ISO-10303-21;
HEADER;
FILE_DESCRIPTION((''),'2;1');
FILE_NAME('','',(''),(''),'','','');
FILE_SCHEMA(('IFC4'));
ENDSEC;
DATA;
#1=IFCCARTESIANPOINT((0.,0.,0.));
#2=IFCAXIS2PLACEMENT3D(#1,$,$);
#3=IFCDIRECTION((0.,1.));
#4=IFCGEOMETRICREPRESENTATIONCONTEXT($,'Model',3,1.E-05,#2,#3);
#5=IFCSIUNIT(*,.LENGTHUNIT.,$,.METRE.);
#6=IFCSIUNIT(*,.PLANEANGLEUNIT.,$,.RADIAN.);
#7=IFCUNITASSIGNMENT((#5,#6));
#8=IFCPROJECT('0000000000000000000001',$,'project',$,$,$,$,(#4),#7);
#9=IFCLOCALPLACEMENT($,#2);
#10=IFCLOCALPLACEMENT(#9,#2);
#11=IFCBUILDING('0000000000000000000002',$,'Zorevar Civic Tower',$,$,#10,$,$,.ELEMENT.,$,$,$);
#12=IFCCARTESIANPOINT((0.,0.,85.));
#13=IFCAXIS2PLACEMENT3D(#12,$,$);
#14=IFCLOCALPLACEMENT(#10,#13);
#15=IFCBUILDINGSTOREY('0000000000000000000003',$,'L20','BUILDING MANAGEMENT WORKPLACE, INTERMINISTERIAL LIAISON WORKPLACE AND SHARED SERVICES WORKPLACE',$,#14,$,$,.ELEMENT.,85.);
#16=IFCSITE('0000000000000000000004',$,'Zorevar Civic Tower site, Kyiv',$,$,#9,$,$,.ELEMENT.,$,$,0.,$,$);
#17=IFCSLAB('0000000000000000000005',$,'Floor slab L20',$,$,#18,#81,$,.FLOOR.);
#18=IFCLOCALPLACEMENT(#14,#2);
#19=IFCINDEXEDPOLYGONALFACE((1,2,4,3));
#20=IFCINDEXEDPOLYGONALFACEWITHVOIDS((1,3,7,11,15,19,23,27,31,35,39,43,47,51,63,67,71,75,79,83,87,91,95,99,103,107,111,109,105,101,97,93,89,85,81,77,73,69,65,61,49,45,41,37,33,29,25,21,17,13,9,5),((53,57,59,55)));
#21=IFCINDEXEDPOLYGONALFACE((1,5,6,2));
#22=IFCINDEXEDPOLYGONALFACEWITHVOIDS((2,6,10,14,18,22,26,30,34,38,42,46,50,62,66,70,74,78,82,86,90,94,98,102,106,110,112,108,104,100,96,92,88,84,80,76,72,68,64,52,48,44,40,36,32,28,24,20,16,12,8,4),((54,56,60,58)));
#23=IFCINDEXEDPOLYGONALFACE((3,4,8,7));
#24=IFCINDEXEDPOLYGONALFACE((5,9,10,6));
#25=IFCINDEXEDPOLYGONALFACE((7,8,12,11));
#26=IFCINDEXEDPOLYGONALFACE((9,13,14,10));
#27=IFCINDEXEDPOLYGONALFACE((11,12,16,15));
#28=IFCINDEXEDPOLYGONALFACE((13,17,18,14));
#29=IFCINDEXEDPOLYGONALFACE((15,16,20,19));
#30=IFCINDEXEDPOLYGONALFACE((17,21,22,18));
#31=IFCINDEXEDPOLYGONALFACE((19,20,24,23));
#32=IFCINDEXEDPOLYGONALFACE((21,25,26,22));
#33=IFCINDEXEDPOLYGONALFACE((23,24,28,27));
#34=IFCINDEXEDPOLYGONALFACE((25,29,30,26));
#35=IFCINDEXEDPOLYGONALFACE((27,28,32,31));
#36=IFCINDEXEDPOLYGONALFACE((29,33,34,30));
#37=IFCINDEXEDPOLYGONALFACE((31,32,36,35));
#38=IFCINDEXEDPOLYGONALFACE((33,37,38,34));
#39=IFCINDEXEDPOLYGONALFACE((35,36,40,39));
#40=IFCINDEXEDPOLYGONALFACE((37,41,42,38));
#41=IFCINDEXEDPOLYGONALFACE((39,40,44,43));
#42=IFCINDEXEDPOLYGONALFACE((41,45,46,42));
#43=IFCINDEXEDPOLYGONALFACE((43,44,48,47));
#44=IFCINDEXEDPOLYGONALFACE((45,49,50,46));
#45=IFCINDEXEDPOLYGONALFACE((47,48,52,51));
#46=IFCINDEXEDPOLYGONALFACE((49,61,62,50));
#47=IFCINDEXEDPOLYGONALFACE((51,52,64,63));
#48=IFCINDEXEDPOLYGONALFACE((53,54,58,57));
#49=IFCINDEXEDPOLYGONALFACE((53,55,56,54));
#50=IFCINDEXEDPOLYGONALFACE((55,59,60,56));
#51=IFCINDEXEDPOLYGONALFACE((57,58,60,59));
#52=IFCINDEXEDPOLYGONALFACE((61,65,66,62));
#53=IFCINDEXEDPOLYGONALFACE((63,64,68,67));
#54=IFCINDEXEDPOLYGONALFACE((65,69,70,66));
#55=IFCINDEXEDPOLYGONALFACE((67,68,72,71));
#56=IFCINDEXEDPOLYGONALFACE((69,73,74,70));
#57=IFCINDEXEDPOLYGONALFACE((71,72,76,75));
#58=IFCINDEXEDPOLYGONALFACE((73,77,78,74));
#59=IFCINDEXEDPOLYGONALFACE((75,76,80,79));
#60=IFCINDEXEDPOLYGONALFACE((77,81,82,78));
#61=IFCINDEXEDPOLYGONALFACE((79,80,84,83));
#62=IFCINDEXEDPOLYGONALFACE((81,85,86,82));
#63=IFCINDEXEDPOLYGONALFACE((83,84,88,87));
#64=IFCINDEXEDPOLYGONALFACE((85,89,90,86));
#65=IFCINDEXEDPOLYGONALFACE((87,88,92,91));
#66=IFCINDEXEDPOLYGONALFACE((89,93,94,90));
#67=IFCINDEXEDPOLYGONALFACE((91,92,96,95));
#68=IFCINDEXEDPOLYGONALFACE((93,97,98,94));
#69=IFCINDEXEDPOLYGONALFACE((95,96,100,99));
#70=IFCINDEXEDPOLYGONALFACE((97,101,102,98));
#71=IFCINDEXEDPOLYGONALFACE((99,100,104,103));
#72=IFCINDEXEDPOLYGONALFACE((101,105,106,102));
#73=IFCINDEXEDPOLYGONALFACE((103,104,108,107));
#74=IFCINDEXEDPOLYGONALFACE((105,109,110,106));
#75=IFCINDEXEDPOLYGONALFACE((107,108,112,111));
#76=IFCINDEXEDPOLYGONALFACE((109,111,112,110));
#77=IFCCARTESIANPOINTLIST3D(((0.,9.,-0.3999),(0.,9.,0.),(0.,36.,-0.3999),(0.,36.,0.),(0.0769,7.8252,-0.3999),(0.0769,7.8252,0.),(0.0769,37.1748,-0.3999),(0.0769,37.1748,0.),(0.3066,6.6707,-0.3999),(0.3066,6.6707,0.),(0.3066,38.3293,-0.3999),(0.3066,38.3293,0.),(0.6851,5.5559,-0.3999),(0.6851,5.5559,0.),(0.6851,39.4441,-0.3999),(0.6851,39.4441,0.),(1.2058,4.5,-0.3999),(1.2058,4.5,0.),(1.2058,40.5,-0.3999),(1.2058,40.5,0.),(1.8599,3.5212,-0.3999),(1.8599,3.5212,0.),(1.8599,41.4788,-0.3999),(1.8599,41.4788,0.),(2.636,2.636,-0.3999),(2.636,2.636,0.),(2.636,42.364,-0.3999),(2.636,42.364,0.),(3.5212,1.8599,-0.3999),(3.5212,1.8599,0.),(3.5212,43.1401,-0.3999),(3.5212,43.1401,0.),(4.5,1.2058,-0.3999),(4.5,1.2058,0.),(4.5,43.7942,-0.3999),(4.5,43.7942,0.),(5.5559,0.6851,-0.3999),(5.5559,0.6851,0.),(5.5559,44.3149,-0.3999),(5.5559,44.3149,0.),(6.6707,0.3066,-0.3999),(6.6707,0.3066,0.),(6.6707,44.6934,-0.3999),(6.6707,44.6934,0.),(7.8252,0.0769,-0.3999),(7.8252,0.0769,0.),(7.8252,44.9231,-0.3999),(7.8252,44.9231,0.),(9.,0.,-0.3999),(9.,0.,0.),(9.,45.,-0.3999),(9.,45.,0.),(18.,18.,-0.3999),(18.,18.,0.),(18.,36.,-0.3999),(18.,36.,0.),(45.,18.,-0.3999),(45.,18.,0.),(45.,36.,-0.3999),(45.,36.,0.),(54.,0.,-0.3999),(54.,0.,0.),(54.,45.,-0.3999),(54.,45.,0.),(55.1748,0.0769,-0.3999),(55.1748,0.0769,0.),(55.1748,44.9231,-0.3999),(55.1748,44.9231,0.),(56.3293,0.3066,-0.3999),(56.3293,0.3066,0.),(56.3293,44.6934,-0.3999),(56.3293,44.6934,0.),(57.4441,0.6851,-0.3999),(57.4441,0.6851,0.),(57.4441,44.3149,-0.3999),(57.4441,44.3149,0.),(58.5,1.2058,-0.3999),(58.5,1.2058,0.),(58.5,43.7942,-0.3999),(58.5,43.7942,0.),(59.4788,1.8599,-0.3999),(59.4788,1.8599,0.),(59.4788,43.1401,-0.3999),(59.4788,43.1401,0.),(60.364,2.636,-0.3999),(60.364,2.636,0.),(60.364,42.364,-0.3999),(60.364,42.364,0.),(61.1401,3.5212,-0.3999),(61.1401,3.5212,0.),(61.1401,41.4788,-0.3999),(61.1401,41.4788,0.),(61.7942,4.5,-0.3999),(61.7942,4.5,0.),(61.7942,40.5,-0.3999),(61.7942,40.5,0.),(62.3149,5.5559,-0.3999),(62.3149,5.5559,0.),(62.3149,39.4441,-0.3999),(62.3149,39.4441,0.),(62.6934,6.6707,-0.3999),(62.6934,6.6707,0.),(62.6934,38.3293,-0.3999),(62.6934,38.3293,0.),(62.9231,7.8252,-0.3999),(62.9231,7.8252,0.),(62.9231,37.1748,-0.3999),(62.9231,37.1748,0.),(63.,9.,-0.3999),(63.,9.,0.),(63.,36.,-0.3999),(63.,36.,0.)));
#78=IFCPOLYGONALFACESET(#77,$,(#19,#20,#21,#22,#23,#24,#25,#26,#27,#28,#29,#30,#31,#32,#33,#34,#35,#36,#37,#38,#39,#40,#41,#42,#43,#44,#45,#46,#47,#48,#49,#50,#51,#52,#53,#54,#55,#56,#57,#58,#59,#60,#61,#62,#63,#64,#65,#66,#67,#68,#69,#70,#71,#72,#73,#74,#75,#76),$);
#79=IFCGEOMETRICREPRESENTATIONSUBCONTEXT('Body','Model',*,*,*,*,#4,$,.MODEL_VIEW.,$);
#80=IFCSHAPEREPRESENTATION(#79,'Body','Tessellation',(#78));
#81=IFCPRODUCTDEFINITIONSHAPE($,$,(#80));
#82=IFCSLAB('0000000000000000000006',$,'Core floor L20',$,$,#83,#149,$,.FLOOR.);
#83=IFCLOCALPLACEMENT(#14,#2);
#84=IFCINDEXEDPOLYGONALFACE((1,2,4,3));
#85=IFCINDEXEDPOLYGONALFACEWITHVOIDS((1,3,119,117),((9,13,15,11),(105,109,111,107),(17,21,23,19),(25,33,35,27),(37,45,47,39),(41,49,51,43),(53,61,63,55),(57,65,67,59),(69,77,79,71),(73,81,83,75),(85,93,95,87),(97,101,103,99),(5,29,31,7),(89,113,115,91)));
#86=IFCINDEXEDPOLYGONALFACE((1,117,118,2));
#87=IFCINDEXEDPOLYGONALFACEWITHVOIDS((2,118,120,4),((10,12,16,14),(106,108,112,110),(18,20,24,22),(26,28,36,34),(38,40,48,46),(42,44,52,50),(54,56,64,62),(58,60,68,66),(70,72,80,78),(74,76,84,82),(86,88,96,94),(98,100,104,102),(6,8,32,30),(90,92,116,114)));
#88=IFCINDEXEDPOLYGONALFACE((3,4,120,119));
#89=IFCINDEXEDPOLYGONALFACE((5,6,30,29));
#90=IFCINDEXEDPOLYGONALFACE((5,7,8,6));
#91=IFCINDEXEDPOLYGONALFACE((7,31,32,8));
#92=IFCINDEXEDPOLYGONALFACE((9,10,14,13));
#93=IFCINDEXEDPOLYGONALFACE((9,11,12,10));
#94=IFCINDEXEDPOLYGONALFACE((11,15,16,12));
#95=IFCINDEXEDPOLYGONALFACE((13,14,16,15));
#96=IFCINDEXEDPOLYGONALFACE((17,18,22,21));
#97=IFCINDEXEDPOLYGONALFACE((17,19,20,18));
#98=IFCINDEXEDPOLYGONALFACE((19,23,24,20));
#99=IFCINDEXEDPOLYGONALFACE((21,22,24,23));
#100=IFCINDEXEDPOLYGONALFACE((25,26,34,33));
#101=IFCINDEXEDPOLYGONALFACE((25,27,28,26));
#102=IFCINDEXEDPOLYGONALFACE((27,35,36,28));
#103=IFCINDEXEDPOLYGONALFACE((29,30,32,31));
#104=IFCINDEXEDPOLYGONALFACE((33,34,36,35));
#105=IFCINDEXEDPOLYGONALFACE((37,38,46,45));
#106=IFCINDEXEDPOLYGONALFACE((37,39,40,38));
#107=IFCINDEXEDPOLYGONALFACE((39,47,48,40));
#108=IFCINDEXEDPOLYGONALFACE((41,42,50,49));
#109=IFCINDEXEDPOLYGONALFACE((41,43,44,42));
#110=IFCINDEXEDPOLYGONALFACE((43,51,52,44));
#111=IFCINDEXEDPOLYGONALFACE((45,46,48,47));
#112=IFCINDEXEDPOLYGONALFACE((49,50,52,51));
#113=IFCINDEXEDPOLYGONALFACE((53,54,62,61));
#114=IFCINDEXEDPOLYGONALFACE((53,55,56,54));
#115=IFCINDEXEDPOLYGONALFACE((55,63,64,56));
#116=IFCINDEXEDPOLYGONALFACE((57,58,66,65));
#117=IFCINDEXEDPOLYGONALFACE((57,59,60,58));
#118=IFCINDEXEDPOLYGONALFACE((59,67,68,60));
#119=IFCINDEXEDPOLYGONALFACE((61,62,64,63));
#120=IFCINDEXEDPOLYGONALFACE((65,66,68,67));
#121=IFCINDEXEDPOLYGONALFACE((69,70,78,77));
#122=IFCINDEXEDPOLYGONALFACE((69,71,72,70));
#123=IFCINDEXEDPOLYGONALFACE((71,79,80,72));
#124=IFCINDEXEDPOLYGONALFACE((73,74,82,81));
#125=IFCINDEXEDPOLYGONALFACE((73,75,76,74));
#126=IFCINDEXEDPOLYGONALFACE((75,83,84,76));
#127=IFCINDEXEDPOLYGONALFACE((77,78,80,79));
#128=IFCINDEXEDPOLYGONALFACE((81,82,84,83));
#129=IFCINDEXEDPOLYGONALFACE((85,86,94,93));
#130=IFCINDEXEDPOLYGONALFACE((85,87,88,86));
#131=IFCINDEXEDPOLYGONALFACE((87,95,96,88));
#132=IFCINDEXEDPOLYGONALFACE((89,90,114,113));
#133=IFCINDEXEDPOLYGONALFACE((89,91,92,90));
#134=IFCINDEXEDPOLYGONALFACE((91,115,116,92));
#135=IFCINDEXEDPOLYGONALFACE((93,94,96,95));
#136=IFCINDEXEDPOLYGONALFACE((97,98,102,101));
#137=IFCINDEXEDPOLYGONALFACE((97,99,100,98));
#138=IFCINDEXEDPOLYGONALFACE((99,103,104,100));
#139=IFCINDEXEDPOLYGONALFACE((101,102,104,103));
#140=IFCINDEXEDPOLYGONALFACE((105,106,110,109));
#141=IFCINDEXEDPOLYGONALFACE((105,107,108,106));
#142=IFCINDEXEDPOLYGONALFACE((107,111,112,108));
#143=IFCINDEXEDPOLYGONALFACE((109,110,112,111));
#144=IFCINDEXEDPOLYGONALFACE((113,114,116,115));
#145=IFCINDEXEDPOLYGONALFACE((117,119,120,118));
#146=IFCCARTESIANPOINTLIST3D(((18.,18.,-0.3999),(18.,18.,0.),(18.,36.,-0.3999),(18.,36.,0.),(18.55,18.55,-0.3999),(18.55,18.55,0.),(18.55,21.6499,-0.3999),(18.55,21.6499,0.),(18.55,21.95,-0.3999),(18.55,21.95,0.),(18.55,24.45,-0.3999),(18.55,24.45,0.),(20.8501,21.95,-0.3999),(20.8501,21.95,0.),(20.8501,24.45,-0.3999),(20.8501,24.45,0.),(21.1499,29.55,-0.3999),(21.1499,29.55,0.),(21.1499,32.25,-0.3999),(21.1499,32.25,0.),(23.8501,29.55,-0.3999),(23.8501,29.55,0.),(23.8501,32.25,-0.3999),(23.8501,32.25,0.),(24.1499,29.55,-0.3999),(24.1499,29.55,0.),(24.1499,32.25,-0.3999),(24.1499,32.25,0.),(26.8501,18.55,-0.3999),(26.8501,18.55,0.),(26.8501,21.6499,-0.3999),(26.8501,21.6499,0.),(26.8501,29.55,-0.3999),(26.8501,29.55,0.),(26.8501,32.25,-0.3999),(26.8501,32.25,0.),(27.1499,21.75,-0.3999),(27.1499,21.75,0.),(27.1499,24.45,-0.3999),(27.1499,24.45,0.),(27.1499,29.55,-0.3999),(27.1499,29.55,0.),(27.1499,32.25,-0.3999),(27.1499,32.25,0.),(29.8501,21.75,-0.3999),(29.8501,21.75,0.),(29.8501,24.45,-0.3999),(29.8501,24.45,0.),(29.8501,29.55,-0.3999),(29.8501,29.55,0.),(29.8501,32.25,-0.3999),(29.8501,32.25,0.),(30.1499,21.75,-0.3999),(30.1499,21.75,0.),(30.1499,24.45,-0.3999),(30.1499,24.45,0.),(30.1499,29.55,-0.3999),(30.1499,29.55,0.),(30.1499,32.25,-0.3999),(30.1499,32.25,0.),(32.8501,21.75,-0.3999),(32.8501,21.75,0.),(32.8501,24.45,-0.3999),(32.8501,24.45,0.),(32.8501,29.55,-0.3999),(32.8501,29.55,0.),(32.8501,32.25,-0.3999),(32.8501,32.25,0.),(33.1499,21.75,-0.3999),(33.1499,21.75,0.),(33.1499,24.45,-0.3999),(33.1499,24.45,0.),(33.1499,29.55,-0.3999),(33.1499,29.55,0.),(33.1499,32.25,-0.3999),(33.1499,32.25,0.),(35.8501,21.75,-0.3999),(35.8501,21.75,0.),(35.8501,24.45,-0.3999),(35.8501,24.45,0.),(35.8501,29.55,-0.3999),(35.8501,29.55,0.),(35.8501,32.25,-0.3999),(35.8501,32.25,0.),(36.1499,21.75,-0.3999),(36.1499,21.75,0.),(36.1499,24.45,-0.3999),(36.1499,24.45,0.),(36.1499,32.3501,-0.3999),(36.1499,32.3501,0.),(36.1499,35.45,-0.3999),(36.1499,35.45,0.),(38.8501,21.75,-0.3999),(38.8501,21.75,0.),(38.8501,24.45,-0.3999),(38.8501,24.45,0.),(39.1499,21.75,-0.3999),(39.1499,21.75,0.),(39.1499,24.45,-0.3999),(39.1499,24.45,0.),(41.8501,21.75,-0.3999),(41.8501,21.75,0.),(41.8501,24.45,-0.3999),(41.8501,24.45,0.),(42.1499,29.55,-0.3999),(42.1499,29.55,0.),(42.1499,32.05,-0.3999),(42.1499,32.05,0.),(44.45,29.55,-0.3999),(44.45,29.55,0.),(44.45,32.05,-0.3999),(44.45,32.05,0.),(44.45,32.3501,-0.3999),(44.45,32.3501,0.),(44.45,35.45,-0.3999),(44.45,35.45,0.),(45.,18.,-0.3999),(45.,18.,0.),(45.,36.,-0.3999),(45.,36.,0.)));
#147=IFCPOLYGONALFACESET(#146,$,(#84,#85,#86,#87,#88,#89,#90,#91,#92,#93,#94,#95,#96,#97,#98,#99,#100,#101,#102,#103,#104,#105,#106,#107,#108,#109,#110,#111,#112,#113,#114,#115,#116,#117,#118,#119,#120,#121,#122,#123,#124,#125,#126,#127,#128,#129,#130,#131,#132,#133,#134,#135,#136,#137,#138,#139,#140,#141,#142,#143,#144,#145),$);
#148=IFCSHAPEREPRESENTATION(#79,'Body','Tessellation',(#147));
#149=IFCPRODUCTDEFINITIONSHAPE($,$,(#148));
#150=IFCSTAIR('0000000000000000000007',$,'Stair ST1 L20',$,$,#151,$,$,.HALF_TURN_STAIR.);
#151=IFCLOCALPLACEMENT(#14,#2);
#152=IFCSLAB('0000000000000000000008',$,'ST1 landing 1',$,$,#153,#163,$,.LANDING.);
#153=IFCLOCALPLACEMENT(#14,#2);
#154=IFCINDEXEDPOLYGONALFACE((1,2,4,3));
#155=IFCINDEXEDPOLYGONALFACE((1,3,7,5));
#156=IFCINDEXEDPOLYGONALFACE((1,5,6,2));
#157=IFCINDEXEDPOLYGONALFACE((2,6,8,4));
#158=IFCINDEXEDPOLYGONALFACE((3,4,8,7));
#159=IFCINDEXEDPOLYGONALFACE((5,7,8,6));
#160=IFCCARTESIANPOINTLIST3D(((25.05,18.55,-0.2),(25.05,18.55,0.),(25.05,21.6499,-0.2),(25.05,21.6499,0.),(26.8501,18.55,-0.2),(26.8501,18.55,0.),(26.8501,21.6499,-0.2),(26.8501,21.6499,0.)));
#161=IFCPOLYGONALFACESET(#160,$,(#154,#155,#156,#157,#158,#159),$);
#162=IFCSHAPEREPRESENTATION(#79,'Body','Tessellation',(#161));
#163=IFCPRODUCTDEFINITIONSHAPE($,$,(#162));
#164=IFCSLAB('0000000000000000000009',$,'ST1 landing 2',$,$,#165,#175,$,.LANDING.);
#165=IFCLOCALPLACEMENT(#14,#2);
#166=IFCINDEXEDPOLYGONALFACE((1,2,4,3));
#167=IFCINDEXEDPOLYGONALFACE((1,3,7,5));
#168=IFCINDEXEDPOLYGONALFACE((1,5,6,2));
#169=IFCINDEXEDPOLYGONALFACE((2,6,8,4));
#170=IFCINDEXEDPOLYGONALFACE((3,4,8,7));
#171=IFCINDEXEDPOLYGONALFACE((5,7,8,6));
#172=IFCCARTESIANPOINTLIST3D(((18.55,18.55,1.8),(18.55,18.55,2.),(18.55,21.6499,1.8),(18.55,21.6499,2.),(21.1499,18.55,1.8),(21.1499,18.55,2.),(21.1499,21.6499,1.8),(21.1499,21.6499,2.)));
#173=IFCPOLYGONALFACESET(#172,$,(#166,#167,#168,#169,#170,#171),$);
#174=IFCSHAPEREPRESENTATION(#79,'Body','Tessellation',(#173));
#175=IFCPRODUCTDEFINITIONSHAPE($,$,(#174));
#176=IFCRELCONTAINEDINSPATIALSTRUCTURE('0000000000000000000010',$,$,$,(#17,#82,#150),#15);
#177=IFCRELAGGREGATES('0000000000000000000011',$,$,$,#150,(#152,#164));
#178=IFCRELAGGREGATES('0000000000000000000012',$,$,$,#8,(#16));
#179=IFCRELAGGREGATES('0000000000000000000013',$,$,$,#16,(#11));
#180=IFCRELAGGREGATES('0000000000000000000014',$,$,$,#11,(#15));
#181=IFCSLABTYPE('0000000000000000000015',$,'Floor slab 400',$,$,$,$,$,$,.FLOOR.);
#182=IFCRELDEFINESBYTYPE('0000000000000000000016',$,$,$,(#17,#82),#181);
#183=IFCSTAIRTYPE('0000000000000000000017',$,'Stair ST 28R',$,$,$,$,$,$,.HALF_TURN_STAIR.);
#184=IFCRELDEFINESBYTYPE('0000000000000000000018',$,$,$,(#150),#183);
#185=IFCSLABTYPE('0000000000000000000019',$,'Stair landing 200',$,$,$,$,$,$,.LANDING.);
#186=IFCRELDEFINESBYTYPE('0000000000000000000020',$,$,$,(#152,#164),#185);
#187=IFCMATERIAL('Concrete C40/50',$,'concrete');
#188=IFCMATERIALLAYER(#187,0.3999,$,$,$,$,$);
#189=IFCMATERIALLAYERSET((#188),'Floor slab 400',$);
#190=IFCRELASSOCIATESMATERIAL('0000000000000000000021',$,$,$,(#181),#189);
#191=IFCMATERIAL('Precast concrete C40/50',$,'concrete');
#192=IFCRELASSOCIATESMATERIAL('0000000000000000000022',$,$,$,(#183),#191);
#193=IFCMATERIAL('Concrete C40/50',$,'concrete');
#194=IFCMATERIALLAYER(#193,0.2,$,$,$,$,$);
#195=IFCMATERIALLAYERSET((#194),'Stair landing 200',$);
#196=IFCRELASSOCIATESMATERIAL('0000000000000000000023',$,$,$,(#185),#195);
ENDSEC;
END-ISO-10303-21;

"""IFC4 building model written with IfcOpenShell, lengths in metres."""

from ifc_helpers import new_model, si_unit, direction, frame, origin, place, context, subcontext, project, spatial, polyline, outline, extrude, material, layer, layer_set, type_object, element, aggregate, save


model = new_model("IFC4")

# Units and contexts
model_context = context("Model", 3, precision=1e-05, world=origin(), true_north=direction((0.0, 1.0)))
body_context = subcontext(model_context, "Body", "Model", "MODEL_VIEW")
ifc_project = project(units=[si_unit("LENGTHUNIT", "METRE"), si_unit("PLANEANGLEUNIT", "RADIAN")], contexts=[model_context])

# Site, building, storey
site_placement = place(None, origin())
site = spatial("IfcSite", under=ifc_project, at=site_placement, Name="Zorevar Civic Tower site, Kyiv", CompositionType="ELEMENT", RefElevation=0.0)
building_placement = place(site_placement, origin())
building = spatial("IfcBuilding", under=site, at=building_placement, Name="Zorevar Civic Tower", CompositionType="ELEMENT")
storey_placement = place(building_placement, frame((0.0, 0.0, 85.0)))
storey = spatial("IfcBuildingStorey", under=building, at=storey_placement, Name="L20", Description="BUILDING MANAGEMENT WORKPLACE, INTERMINISTERIAL LIAISON WORKPLACE AND SHARED SERVICES WORKPLACE", CompositionType="ELEMENT", Elevation=85.0)

# Slabs
ifc_material_1 = material(Name="Concrete C40/50", Category="concrete")
ifc_layer_1 = layer(ifc_material_1, 0.3999)
ifc_layer_set_1 = layer_set([ifc_layer_1], Name="Floor slab 400")
slab_type_1 = type_object("IfcSlabType", Name="Floor slab 400", PredefinedType="FLOOR", material=ifc_layer_set_1)
slab_1_placement = place(storey_placement, frame((0.0, 0.0, -0.3999)))
element("IfcSlab", 1, at=slab_1_placement, inside=storey, type_object=slab_type_1, Name="Floor slab L20", PredefinedType="FLOOR", context=body_context, shape_type="SweptSolid", body=[
    extrude(outline(polyline([(54.0, 0.0), (55.1748, 0.0769), (56.3293, 0.3066), (57.4441, 0.6851), (58.5, 1.2058), (59.4788, 1.8599), (60.364, 2.636), (61.1401, 3.5212), (61.7942, 4.5), (62.3149, 5.5559), (62.6934, 6.6707), (62.9231, 7.8252), (63.0, 9.0), (63.0, 36.0), (62.9231, 37.1748), (62.6934, 38.3293), (62.3149, 39.4441), (61.7942, 40.5), (61.1401, 41.4788), (60.364, 42.364), (59.4788, 43.1401), (58.5, 43.7942), (57.4441, 44.3149), (56.3293, 44.6934), (55.1748, 44.9231), (54.0, 45.0), (9.0, 45.0), (7.8252, 44.9231), (6.6707, 44.6934), (5.5559, 44.3149), (4.5, 43.7942), (3.5212, 43.1401), (2.636, 42.364), (1.8599, 41.4788), (1.2058, 40.5), (0.6851, 39.4441), (0.3066, 38.3293), (0.0769, 37.1748), (0.0, 36.0), (0.0, 9.0), (0.0769, 7.8252), (0.3066, 6.6707), (0.6851, 5.5559), (1.2058, 4.5), (1.8599, 3.5212), (2.636, 2.636), (3.5212, 1.8599), (4.5, 1.2058), (5.5559, 0.6851), (6.6707, 0.3066), (7.8252, 0.0769), (9.0, 0.0), (54.0, 0.0)]), holes=[polyline([(18.0, 18.0), (45.0, 18.0), (45.0, 36.0), (18.0, 36.0), (18.0, 18.0)])]), origin(), (0.0, 0.0, 1.0), 0.3999),
])
slab_2_placement = place(storey_placement, frame((0.0, 0.0, -0.3999)))
element("IfcSlab", 2, at=slab_2_placement, inside=storey, type_object=slab_type_1, Name="Core floor L20", PredefinedType="FLOOR", context=body_context, shape_type="SweptSolid", body=[
    extrude(outline(polyline([(18.0, 18.0), (45.0, 18.0), (45.0, 36.0), (18.0, 36.0), (18.0, 18.0)]), holes=[polyline([(18.55, 18.55), (26.8501, 18.55), (26.8501, 21.6499), (18.55, 21.6499), (18.55, 18.55)]), polyline([(36.1499, 32.3501), (44.45, 32.3501), (44.45, 35.45), (36.1499, 35.45), (36.1499, 32.3501)]), polyline([(18.55, 21.95), (20.8501, 21.95), (20.8501, 24.45), (18.55, 24.45), (18.55, 21.95)]), polyline([(42.1499, 29.55), (44.45, 29.55), (44.45, 32.05), (42.1499, 32.05), (42.1499, 29.55)]), polyline([(27.1499, 21.75), (29.8501, 21.75), (29.8501, 24.45), (27.1499, 24.45), (27.1499, 21.75)]), polyline([(33.1499, 29.55), (35.8501, 29.55), (35.8501, 32.25), (33.1499, 32.25), (33.1499, 29.55)]), polyline([(30.1499, 21.75), (32.8501, 21.75), (32.8501, 24.45), (30.1499, 24.45), (30.1499, 21.75)]), polyline([(30.1499, 29.55), (32.8501, 29.55), (32.8501, 32.25), (30.1499, 32.25), (30.1499, 29.55)]), polyline([(33.1499, 21.75), (35.8501, 21.75), (35.8501, 24.45), (33.1499, 24.45), (33.1499, 21.75)]), polyline([(27.1499, 29.55), (29.8501, 29.55), (29.8501, 32.25), (27.1499, 32.25), (27.1499, 29.55)]), polyline([(36.1499, 21.75), (38.8501, 21.75), (38.8501, 24.45), (36.1499, 24.45), (36.1499, 21.75)]), polyline([(24.1499, 29.55), (26.8501, 29.55), (26.8501, 32.25), (24.1499, 32.25), (24.1499, 29.55)]), polyline([(39.1499, 21.75), (41.8501, 21.75), (41.8501, 24.45), (39.1499, 24.45), (39.1499, 21.75)]), polyline([(21.1499, 29.55), (23.8501, 29.55), (23.8501, 32.25), (21.1499, 32.25), (21.1499, 29.55)])]), origin(), (0.0, 0.0, 1.0), 0.3999),
])

# Stair, slabs
ifc_material_2 = material(Name="Precast concrete C40/50", Category="concrete")
stair_type = type_object("IfcStairType", Name="Stair ST 28R", PredefinedType="HALF_TURN_STAIR", material=ifc_material_2)
stair_1_placement = place(storey_placement, origin())
stair_1 = element("IfcStair", 3, at=stair_1_placement, inside=storey, type_object=stair_type, Name="Stair ST1 L20", PredefinedType="HALF_TURN_STAIR")
ifc_material_3 = material(Name="Concrete C40/50", Category="concrete")
ifc_layer_2 = layer(ifc_material_3, 0.2)
ifc_layer_set_2 = layer_set([ifc_layer_2], Name="Stair landing 200")
slab_type_2 = type_object("IfcSlabType", Name="Stair landing 200", PredefinedType="LANDING", material=ifc_layer_set_2)
slab_3_placement = place(storey_placement, frame((0.0, 0.0, -0.2)))
slab_3 = element("IfcSlab", 4, at=slab_3_placement, type_object=slab_type_2, Name="ST1 landing 1", PredefinedType="LANDING", context=body_context, shape_type="SweptSolid", body=[
    extrude(outline(polyline([(25.05, 18.55), (26.8501, 18.55), (26.8501, 21.6499), (25.05, 21.6499), (25.05, 18.55)])), origin(), (0.0, 0.0, 1.0), 0.2),
])
slab_4_placement = place(storey_placement, frame((0.0, 0.0, 1.8)))
slab_4 = element("IfcSlab", 5, at=slab_4_placement, type_object=slab_type_2, Name="ST1 landing 2", PredefinedType="LANDING", context=body_context, shape_type="SweptSolid", body=[
    extrude(outline(polyline([(18.55, 18.55), (21.1499, 18.55), (21.1499, 21.6499), (18.55, 21.6499), (18.55, 18.55)])), origin(), (0.0, 0.0, 1.0), 0.2),
])
aggregate(stair_1, [slab_3, slab_4])

save(model, "model.ifc")
